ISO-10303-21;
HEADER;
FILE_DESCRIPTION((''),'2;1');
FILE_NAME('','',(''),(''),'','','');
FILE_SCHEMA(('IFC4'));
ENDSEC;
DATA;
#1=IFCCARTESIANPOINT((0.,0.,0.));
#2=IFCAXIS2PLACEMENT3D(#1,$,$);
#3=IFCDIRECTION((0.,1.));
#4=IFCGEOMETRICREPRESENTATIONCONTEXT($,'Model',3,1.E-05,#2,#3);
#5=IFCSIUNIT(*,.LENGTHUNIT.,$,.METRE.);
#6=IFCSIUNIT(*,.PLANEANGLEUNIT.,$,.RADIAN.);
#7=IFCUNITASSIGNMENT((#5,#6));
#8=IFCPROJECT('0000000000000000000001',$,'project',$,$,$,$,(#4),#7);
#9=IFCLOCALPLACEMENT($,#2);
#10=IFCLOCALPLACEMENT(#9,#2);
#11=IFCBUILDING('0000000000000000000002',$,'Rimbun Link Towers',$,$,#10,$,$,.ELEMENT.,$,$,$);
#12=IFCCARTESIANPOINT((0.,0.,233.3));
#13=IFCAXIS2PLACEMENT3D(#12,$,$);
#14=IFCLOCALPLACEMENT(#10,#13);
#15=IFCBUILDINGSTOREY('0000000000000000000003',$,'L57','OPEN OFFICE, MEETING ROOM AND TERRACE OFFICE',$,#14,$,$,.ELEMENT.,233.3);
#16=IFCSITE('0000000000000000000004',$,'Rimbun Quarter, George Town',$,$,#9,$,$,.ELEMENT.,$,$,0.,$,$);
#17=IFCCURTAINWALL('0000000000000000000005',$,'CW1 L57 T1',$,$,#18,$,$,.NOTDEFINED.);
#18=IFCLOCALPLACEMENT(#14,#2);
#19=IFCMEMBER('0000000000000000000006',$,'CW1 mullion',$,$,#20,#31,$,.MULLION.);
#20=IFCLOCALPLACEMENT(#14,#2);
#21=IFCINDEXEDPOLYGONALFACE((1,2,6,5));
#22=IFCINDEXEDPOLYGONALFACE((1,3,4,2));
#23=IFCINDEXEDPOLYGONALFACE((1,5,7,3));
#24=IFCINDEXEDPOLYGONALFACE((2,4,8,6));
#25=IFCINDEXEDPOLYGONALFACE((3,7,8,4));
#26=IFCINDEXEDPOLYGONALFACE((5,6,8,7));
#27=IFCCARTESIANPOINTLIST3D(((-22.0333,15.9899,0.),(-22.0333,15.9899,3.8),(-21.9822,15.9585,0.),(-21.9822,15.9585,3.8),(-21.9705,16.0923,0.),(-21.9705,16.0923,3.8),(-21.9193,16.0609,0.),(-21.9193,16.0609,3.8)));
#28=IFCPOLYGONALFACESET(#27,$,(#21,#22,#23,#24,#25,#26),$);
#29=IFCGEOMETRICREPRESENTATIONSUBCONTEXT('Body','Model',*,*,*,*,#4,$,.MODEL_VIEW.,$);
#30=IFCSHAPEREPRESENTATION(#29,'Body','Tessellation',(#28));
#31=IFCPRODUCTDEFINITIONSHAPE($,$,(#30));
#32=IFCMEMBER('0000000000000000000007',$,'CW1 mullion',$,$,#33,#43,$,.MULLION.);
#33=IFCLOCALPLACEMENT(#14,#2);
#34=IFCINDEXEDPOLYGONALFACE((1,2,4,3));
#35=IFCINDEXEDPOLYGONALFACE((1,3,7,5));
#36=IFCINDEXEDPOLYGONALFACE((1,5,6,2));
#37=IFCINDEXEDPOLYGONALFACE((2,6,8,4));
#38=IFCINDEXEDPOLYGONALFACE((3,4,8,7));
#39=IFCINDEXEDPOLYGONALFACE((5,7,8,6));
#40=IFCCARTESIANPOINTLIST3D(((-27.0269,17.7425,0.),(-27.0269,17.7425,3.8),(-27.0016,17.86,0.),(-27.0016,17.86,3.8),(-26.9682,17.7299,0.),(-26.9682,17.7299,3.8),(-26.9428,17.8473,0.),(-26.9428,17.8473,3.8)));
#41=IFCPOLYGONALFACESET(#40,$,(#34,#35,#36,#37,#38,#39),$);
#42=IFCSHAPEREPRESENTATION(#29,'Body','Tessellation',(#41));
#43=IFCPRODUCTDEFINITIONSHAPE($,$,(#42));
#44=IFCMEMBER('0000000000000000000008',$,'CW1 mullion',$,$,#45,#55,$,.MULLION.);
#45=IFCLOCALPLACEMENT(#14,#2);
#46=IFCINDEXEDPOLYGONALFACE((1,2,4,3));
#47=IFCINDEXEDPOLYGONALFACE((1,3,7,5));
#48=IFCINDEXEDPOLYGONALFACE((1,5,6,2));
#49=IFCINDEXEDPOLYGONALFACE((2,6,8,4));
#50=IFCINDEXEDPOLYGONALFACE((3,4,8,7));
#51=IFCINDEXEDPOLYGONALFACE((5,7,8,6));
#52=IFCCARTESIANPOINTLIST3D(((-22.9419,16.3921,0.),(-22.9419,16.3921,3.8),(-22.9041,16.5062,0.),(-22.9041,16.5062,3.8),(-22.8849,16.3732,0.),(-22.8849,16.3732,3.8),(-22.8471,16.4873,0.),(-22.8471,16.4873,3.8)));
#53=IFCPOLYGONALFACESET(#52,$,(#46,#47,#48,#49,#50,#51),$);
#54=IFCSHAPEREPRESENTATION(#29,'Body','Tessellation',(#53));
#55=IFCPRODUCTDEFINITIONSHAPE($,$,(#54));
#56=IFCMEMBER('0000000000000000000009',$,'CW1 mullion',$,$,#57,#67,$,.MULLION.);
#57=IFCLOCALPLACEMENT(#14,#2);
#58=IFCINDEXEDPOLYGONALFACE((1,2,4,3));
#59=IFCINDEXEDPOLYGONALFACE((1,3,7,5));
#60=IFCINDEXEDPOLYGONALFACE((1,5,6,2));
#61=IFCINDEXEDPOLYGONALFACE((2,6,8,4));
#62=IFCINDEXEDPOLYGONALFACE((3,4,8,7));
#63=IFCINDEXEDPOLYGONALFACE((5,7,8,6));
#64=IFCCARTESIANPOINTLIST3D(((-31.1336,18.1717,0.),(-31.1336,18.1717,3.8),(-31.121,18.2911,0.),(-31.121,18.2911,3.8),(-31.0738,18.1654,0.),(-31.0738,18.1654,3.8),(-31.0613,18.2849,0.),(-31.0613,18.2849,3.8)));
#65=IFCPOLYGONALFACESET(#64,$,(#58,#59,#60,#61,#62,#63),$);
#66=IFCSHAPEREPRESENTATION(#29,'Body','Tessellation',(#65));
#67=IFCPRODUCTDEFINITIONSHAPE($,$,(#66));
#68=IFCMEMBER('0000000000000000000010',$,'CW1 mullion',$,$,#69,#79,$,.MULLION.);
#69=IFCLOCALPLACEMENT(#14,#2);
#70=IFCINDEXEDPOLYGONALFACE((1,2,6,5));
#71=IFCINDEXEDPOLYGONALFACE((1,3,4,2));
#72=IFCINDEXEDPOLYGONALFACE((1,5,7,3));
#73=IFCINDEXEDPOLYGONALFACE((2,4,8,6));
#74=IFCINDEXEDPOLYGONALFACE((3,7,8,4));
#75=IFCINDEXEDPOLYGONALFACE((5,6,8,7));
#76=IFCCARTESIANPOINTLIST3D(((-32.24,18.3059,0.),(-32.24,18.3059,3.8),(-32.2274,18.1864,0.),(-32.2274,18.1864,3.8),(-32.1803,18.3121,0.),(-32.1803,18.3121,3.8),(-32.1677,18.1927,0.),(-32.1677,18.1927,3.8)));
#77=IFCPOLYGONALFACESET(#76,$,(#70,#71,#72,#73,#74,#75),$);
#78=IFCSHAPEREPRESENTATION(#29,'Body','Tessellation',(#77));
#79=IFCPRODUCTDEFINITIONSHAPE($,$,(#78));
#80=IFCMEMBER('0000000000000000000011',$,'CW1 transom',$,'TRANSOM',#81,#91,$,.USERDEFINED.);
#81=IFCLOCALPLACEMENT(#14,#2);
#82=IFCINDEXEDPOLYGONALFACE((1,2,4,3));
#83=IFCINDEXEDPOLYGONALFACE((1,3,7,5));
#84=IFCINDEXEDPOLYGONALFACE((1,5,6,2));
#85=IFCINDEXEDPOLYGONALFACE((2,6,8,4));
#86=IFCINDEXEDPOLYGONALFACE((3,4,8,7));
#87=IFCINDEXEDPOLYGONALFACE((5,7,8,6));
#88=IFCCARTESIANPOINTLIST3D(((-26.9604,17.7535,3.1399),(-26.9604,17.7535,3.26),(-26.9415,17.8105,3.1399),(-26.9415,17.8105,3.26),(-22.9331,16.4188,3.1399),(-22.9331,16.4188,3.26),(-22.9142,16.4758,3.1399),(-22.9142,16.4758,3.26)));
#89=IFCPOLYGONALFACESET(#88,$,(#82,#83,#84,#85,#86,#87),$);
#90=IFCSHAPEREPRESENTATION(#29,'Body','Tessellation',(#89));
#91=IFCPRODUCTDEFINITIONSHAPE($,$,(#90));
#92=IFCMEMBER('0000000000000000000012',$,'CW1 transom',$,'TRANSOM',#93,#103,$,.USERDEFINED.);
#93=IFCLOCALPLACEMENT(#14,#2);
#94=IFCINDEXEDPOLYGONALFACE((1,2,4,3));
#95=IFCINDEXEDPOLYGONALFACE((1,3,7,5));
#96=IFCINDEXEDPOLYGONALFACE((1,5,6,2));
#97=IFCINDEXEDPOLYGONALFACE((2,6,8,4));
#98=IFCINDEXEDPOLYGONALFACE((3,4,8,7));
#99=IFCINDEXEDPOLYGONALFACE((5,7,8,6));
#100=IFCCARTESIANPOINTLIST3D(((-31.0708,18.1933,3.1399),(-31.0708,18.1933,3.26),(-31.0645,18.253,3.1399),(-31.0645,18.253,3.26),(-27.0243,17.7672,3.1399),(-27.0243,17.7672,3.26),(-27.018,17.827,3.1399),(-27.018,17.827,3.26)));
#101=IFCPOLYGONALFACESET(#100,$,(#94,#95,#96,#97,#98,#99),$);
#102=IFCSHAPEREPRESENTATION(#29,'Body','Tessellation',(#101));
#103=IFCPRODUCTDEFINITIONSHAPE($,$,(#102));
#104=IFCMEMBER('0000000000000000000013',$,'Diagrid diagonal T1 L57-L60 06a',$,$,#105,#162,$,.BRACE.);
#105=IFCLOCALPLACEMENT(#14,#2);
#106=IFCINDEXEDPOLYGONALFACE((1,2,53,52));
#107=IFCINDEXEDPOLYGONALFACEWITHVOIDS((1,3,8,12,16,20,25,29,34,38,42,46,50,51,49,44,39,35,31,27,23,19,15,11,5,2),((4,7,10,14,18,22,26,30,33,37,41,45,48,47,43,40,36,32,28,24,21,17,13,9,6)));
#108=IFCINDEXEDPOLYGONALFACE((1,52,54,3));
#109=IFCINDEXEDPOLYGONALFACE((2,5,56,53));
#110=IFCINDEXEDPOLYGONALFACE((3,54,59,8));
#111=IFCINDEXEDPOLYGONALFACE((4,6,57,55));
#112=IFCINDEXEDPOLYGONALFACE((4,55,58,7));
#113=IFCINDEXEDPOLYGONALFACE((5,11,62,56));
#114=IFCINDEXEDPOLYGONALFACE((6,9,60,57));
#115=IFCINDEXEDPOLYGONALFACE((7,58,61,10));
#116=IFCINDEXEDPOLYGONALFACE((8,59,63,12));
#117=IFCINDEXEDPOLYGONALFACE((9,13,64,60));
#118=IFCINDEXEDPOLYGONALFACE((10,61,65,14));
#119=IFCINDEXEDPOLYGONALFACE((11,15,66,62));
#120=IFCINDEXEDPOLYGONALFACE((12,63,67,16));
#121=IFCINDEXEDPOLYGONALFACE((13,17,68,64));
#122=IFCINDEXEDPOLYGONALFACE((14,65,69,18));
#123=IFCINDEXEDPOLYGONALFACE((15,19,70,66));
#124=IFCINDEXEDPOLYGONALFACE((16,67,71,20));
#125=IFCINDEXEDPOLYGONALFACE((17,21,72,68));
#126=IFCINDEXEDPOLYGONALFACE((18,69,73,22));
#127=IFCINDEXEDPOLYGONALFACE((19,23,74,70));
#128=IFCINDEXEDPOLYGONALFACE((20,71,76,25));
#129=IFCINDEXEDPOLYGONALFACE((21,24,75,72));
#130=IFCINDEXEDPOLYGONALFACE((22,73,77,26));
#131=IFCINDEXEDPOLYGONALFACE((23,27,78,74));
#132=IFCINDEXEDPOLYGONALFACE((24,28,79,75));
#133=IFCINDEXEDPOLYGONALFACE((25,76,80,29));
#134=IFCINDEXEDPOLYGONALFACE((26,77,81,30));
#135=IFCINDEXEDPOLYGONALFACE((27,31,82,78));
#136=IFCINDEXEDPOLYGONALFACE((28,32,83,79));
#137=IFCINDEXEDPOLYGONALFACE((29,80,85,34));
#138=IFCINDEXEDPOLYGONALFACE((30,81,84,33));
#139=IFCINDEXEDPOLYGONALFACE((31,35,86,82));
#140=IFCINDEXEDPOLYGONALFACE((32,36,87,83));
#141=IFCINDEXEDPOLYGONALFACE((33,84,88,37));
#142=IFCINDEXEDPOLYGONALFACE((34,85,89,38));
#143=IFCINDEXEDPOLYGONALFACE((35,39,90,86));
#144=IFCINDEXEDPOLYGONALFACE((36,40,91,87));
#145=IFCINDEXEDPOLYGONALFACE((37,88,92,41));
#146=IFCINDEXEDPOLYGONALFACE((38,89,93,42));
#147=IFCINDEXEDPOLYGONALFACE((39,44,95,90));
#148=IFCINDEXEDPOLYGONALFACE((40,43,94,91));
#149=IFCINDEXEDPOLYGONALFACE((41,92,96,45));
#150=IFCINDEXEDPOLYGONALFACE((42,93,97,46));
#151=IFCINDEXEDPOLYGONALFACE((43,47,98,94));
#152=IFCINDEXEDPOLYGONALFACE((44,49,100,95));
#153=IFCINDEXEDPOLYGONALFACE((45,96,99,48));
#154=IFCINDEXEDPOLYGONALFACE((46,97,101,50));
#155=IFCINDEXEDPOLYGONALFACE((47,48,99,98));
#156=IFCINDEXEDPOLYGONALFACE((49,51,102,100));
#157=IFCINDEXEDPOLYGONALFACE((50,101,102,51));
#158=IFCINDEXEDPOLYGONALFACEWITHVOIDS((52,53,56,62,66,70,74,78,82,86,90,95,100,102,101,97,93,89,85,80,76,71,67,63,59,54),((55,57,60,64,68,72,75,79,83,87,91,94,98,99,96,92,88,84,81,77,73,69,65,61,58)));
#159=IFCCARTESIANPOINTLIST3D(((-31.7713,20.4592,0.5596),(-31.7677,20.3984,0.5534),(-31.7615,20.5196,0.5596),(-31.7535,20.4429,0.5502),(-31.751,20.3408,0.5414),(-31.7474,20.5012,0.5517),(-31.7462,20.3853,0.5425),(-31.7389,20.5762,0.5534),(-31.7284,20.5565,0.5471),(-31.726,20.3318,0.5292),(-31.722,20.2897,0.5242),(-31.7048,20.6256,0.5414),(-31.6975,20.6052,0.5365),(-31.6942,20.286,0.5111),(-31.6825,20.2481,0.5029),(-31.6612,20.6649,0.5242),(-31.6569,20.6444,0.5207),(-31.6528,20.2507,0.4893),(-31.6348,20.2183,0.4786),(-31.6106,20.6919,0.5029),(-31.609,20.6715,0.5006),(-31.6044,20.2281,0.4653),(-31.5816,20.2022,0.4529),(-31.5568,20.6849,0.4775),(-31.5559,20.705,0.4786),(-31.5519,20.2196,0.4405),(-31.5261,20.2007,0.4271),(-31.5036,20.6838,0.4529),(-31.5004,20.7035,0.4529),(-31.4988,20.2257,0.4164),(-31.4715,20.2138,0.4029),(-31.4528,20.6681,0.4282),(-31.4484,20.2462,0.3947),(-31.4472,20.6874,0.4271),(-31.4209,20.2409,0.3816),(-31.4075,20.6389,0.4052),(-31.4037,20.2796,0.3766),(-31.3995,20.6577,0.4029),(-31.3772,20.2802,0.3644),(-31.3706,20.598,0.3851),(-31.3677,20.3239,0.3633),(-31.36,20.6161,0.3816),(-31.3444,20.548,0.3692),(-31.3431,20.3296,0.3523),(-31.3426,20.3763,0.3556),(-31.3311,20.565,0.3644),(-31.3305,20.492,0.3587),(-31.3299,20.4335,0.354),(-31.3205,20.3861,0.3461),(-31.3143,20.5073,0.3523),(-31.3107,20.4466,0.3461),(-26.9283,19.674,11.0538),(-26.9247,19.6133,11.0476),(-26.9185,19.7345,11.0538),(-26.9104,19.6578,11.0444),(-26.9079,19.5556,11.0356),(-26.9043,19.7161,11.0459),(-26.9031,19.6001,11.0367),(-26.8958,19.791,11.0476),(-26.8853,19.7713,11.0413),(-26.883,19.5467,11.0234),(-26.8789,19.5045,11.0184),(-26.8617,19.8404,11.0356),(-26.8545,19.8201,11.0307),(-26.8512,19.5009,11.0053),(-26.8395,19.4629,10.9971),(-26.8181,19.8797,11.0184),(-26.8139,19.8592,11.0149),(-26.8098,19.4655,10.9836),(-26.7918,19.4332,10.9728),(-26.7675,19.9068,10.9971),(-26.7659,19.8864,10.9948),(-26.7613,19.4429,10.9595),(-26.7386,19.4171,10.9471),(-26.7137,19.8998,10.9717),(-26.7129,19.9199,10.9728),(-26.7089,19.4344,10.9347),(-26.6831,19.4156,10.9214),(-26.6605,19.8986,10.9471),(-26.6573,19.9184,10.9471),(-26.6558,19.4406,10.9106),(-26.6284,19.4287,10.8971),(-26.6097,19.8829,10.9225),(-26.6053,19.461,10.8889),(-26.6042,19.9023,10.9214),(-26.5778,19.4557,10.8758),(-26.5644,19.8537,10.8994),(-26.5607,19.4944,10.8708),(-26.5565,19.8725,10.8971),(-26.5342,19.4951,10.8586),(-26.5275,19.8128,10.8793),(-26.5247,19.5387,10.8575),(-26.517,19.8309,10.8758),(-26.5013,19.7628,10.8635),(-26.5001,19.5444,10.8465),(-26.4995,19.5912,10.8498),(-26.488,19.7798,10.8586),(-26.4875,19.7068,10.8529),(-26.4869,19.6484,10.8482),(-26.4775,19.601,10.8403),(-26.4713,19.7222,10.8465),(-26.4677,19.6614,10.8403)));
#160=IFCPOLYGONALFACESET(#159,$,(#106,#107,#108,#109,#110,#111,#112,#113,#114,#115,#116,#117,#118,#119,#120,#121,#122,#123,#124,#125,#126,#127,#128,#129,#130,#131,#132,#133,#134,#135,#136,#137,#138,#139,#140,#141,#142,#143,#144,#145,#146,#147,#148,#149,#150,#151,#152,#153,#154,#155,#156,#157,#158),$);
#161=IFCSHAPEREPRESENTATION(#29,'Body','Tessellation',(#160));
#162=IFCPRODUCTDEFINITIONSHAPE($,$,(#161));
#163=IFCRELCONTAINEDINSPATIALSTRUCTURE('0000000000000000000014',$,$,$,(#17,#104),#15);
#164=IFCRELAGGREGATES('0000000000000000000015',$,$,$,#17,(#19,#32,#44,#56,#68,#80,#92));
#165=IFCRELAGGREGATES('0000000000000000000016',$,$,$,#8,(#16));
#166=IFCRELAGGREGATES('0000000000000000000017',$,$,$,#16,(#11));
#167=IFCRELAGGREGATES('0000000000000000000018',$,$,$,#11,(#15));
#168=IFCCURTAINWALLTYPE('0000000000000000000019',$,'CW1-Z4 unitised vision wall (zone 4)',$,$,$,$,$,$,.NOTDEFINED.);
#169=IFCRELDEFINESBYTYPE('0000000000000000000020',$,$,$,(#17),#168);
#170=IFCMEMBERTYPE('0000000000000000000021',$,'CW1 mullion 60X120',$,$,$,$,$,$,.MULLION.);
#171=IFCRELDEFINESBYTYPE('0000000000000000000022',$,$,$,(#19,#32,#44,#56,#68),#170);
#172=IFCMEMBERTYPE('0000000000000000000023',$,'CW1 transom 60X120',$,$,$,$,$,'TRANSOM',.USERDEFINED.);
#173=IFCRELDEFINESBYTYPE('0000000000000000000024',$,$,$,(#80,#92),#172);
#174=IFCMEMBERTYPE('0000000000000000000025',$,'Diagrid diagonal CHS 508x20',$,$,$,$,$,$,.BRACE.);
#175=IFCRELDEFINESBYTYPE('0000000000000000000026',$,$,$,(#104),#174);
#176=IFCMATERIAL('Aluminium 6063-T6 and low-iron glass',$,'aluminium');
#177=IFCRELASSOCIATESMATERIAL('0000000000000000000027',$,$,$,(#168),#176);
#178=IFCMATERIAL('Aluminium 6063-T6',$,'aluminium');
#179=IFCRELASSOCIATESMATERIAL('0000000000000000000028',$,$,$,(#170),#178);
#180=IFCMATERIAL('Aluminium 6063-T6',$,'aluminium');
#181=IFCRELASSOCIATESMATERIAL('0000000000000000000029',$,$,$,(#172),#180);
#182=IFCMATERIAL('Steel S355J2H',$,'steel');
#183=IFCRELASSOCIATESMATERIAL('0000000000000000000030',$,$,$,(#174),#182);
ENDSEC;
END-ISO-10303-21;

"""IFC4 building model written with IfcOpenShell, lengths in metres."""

from ifc_helpers import new_model, si_unit, direction, frame, origin, origin_2d, place, context, subcontext, project, spatial, rectangle, hollow_circle, extrude, material, material_profile, profile_set, type_object, element, aggregate, save


model = new_model("IFC4")

# Units and contexts
model_context = context("Model", 3, precision=1e-05, world=origin(), true_north=direction((0.0, 1.0)))
body_context = subcontext(model_context, "Body", "Model", "MODEL_VIEW")
ifc_project = project(units=[si_unit("LENGTHUNIT", "METRE"), si_unit("PLANEANGLEUNIT", "RADIAN")], contexts=[model_context])

# Site, building, storey
site_placement = place(None, origin())
site = spatial("IfcSite", under=ifc_project, at=site_placement, Name="Rimbun Quarter, George Town", CompositionType="ELEMENT", RefElevation=0.0)
building_placement = place(site_placement, origin())
building = spatial("IfcBuilding", under=site, at=building_placement, Name="Rimbun Link Towers", CompositionType="ELEMENT")
storey_placement = place(building_placement, frame((0.0, 0.0, 233.3)))
storey = spatial("IfcBuildingStorey", under=building, at=storey_placement, Name="L57", Description="OPEN OFFICE, MEETING ROOM AND TERRACE OFFICE", CompositionType="ELEMENT", Elevation=233.3)

# Curtain wall, members
ifc_material_1 = material(Name="Aluminium 6063-T6 and low-iron glass", Category="aluminium")
curtain_wall_type = type_object("IfcCurtainWallType", Name="CW1-Z4 unitised vision wall (zone 4)", PredefinedType="NOTDEFINED", material=ifc_material_1)
curtain_wall_placement = place(storey_placement, origin())
curtain_wall = element("IfcCurtainWall", 1, at=curtain_wall_placement, inside=storey, type_object=curtain_wall_type, Name="CW1 L57 T1", PredefinedType="NOTDEFINED")
ifc_material_2 = material(Name="Aluminium 6063-T6", Category="aluminium")
ifc_material_profile_1 = material_profile(ifc_material_2, rectangle(XDim=0.1201, YDim=0.0601, at=origin_2d()), Name="MULLION 60X120")
ifc_profile_set_1 = profile_set([ifc_material_profile_1], Name="Aluminium 6063-T6")
member_type_1 = type_object("IfcMemberType", Name="CW1 mullion 60X120", PredefinedType="MULLION", material=ifc_profile_set_1)
member_1_placement = place(storey_placement, frame((-21.9763, 16.0254, 0.0), z_axis=(0.0, 0.0, 1.0), x_axis=(0.52324, 0.852185, 0.0)))
member_1 = element("IfcMember", 2, at=member_1_placement, type_object=member_type_1, Name="CW1 mullion", PredefinedType="MULLION", context=body_context, shape_type="SweptSolid", body=[
    extrude(rectangle(XDim=0.1201, YDim=0.0601, at=origin_2d()), origin(), (0.0, 0.0, 1.0), 3.8),
])
member_2_placement = place(storey_placement, frame((-26.9849, 17.7949, 0.0), z_axis=(0.0, 0.0, 1.0), x_axis=(0.210871, 0.977514, 0.0)))
member_2 = element("IfcMember", 3, at=member_2_placement, type_object=member_type_1, Name="CW1 mullion", PredefinedType="MULLION", context=body_context, shape_type="SweptSolid", body=[
    extrude(rectangle(XDim=0.1201, YDim=0.0601, at=origin_2d()), origin(), (0.0, 0.0, 1.0), 3.8),
])
member_3_placement = place(storey_placement, frame((-22.8945, 16.4397, 0.0), z_axis=(0.0, 0.0, 1.0), x_axis=(0.31457, 0.949234, 0.0)))
member_3 = element("IfcMember", 4, at=member_3_placement, type_object=member_type_1, Name="CW1 mullion", PredefinedType="MULLION", context=body_context, shape_type="SweptSolid", body=[
    extrude(rectangle(XDim=0.1201, YDim=0.0601, at=origin_2d()), origin(), (0.0, 0.0, 1.0), 3.8),
])
member_4_placement = place(storey_placement, frame((-31.0974, 18.2283, 0.0), z_axis=(0.0, 0.0, 1.0), x_axis=(0.104736, 0.9945, 0.0)))
member_4 = element("IfcMember", 5, at=member_4_placement, type_object=member_type_1, Name="CW1 mullion", PredefinedType="MULLION", context=body_context, shape_type="SweptSolid", body=[
    extrude(rectangle(XDim=0.1201, YDim=0.0601, at=origin_2d()), origin(), (0.0, 0.0, 1.0), 3.8),
])
member_5_placement = place(storey_placement, frame((-32.2039, 18.2493, 0.0), z_axis=(0.0, 0.0, 1.0), x_axis=(-0.104736, 0.9945, 0.0)))
member_5 = element("IfcMember", 6, at=member_5_placement, type_object=member_type_1, Name="CW1 mullion", PredefinedType="MULLION", context=body_context, shape_type="SweptSolid", body=[
    extrude(rectangle(XDim=0.1201, YDim=0.0601, at=origin_2d()), origin(), (0.0, 0.0, 1.0), 3.8),
])
ifc_material_3 = material(Name="Aluminium 6063-T6", Category="aluminium")
ifc_material_profile_2 = material_profile(ifc_material_3, rectangle(XDim=0.0601, YDim=0.1201, at=origin_2d()), Name="TRANSOM 60X120")
ifc_profile_set_2 = profile_set([ifc_material_profile_2], Name="Aluminium 6063-T6")
member_type_2 = type_object("IfcMemberType", Name="CW1 transom 60X120", ElementType="TRANSOM", PredefinedType="USERDEFINED", material=ifc_profile_set_2)
member_6_placement = place(storey_placement, frame((-26.9509, 17.782, 3.2), z_axis=(0.949229, -0.314587, 0.0), x_axis=(0.314587, 0.949229, 0.0)))
member_6 = element("IfcMember", 7, at=member_6_placement, type_object=member_type_2, Name="CW1 transom", ObjectType="TRANSOM", PredefinedType="USERDEFINED", context=body_context, shape_type="SweptSolid", body=[
    extrude(rectangle(XDim=0.0601, YDim=0.1201, at=origin_2d()), origin(), (0.0, 0.0, 1.0), 4.2427),
])
member_7_placement = place(storey_placement, frame((-31.0676, 18.2231, 3.2), z_axis=(0.994503, -0.104707, 0.0), x_axis=(0.104707, 0.994503, 0.0)))
member_7 = element("IfcMember", 8, at=member_7_placement, type_object=member_type_2, Name="CW1 transom", ObjectType="TRANSOM", PredefinedType="USERDEFINED", context=body_context, shape_type="SweptSolid", body=[
    extrude(rectangle(XDim=0.0601, YDim=0.1201, at=origin_2d()), origin(), (0.0, 0.0, 1.0), 4.0688),
])

# Member
ifc_material_4 = material(Name="Steel S355J2H", Category="steel")
ifc_material_profile_3 = material_profile(ifc_material_4, hollow_circle(Radius=0.2539, WallThickness=0.02, at=origin_2d()), Name="Diagrid diagonal CHS 508x20")
ifc_profile_set_3 = profile_set([ifc_material_profile_3], Name="Steel S355J2H")
member_type_3 = type_object("IfcMemberType", Name="Diagrid diagonal CHS 508x20", PredefinedType="BRACE", material=ifc_profile_set_3)
for number, where, z_axis, x_axis, name in (
    (9, (-31.541, 20.4529, 0.4529), (0.418064, -0.067777, 0.905886), (0.160032, 0.987112, 0.0), "Diagrid diagonal T1 L57-L60 06a"),
):
    element("IfcMember", number, at=place(storey_placement, frame(where, z_axis=z_axis, x_axis=x_axis)), inside=storey, type_object=member_type_3, Name=name, PredefinedType="BRACE", context=body_context, shape_type="SweptSolid", body=[
        extrude(hollow_circle(Radius=0.2539, WallThickness=0.02, at=origin_2d()), origin(), (0.0, 0.0, 1.0), 11.5845),
    ])

aggregate(curtain_wall, [member_1, member_2, member_3, member_4, member_5, member_6, member_7])

save(model, "model.ifc")
